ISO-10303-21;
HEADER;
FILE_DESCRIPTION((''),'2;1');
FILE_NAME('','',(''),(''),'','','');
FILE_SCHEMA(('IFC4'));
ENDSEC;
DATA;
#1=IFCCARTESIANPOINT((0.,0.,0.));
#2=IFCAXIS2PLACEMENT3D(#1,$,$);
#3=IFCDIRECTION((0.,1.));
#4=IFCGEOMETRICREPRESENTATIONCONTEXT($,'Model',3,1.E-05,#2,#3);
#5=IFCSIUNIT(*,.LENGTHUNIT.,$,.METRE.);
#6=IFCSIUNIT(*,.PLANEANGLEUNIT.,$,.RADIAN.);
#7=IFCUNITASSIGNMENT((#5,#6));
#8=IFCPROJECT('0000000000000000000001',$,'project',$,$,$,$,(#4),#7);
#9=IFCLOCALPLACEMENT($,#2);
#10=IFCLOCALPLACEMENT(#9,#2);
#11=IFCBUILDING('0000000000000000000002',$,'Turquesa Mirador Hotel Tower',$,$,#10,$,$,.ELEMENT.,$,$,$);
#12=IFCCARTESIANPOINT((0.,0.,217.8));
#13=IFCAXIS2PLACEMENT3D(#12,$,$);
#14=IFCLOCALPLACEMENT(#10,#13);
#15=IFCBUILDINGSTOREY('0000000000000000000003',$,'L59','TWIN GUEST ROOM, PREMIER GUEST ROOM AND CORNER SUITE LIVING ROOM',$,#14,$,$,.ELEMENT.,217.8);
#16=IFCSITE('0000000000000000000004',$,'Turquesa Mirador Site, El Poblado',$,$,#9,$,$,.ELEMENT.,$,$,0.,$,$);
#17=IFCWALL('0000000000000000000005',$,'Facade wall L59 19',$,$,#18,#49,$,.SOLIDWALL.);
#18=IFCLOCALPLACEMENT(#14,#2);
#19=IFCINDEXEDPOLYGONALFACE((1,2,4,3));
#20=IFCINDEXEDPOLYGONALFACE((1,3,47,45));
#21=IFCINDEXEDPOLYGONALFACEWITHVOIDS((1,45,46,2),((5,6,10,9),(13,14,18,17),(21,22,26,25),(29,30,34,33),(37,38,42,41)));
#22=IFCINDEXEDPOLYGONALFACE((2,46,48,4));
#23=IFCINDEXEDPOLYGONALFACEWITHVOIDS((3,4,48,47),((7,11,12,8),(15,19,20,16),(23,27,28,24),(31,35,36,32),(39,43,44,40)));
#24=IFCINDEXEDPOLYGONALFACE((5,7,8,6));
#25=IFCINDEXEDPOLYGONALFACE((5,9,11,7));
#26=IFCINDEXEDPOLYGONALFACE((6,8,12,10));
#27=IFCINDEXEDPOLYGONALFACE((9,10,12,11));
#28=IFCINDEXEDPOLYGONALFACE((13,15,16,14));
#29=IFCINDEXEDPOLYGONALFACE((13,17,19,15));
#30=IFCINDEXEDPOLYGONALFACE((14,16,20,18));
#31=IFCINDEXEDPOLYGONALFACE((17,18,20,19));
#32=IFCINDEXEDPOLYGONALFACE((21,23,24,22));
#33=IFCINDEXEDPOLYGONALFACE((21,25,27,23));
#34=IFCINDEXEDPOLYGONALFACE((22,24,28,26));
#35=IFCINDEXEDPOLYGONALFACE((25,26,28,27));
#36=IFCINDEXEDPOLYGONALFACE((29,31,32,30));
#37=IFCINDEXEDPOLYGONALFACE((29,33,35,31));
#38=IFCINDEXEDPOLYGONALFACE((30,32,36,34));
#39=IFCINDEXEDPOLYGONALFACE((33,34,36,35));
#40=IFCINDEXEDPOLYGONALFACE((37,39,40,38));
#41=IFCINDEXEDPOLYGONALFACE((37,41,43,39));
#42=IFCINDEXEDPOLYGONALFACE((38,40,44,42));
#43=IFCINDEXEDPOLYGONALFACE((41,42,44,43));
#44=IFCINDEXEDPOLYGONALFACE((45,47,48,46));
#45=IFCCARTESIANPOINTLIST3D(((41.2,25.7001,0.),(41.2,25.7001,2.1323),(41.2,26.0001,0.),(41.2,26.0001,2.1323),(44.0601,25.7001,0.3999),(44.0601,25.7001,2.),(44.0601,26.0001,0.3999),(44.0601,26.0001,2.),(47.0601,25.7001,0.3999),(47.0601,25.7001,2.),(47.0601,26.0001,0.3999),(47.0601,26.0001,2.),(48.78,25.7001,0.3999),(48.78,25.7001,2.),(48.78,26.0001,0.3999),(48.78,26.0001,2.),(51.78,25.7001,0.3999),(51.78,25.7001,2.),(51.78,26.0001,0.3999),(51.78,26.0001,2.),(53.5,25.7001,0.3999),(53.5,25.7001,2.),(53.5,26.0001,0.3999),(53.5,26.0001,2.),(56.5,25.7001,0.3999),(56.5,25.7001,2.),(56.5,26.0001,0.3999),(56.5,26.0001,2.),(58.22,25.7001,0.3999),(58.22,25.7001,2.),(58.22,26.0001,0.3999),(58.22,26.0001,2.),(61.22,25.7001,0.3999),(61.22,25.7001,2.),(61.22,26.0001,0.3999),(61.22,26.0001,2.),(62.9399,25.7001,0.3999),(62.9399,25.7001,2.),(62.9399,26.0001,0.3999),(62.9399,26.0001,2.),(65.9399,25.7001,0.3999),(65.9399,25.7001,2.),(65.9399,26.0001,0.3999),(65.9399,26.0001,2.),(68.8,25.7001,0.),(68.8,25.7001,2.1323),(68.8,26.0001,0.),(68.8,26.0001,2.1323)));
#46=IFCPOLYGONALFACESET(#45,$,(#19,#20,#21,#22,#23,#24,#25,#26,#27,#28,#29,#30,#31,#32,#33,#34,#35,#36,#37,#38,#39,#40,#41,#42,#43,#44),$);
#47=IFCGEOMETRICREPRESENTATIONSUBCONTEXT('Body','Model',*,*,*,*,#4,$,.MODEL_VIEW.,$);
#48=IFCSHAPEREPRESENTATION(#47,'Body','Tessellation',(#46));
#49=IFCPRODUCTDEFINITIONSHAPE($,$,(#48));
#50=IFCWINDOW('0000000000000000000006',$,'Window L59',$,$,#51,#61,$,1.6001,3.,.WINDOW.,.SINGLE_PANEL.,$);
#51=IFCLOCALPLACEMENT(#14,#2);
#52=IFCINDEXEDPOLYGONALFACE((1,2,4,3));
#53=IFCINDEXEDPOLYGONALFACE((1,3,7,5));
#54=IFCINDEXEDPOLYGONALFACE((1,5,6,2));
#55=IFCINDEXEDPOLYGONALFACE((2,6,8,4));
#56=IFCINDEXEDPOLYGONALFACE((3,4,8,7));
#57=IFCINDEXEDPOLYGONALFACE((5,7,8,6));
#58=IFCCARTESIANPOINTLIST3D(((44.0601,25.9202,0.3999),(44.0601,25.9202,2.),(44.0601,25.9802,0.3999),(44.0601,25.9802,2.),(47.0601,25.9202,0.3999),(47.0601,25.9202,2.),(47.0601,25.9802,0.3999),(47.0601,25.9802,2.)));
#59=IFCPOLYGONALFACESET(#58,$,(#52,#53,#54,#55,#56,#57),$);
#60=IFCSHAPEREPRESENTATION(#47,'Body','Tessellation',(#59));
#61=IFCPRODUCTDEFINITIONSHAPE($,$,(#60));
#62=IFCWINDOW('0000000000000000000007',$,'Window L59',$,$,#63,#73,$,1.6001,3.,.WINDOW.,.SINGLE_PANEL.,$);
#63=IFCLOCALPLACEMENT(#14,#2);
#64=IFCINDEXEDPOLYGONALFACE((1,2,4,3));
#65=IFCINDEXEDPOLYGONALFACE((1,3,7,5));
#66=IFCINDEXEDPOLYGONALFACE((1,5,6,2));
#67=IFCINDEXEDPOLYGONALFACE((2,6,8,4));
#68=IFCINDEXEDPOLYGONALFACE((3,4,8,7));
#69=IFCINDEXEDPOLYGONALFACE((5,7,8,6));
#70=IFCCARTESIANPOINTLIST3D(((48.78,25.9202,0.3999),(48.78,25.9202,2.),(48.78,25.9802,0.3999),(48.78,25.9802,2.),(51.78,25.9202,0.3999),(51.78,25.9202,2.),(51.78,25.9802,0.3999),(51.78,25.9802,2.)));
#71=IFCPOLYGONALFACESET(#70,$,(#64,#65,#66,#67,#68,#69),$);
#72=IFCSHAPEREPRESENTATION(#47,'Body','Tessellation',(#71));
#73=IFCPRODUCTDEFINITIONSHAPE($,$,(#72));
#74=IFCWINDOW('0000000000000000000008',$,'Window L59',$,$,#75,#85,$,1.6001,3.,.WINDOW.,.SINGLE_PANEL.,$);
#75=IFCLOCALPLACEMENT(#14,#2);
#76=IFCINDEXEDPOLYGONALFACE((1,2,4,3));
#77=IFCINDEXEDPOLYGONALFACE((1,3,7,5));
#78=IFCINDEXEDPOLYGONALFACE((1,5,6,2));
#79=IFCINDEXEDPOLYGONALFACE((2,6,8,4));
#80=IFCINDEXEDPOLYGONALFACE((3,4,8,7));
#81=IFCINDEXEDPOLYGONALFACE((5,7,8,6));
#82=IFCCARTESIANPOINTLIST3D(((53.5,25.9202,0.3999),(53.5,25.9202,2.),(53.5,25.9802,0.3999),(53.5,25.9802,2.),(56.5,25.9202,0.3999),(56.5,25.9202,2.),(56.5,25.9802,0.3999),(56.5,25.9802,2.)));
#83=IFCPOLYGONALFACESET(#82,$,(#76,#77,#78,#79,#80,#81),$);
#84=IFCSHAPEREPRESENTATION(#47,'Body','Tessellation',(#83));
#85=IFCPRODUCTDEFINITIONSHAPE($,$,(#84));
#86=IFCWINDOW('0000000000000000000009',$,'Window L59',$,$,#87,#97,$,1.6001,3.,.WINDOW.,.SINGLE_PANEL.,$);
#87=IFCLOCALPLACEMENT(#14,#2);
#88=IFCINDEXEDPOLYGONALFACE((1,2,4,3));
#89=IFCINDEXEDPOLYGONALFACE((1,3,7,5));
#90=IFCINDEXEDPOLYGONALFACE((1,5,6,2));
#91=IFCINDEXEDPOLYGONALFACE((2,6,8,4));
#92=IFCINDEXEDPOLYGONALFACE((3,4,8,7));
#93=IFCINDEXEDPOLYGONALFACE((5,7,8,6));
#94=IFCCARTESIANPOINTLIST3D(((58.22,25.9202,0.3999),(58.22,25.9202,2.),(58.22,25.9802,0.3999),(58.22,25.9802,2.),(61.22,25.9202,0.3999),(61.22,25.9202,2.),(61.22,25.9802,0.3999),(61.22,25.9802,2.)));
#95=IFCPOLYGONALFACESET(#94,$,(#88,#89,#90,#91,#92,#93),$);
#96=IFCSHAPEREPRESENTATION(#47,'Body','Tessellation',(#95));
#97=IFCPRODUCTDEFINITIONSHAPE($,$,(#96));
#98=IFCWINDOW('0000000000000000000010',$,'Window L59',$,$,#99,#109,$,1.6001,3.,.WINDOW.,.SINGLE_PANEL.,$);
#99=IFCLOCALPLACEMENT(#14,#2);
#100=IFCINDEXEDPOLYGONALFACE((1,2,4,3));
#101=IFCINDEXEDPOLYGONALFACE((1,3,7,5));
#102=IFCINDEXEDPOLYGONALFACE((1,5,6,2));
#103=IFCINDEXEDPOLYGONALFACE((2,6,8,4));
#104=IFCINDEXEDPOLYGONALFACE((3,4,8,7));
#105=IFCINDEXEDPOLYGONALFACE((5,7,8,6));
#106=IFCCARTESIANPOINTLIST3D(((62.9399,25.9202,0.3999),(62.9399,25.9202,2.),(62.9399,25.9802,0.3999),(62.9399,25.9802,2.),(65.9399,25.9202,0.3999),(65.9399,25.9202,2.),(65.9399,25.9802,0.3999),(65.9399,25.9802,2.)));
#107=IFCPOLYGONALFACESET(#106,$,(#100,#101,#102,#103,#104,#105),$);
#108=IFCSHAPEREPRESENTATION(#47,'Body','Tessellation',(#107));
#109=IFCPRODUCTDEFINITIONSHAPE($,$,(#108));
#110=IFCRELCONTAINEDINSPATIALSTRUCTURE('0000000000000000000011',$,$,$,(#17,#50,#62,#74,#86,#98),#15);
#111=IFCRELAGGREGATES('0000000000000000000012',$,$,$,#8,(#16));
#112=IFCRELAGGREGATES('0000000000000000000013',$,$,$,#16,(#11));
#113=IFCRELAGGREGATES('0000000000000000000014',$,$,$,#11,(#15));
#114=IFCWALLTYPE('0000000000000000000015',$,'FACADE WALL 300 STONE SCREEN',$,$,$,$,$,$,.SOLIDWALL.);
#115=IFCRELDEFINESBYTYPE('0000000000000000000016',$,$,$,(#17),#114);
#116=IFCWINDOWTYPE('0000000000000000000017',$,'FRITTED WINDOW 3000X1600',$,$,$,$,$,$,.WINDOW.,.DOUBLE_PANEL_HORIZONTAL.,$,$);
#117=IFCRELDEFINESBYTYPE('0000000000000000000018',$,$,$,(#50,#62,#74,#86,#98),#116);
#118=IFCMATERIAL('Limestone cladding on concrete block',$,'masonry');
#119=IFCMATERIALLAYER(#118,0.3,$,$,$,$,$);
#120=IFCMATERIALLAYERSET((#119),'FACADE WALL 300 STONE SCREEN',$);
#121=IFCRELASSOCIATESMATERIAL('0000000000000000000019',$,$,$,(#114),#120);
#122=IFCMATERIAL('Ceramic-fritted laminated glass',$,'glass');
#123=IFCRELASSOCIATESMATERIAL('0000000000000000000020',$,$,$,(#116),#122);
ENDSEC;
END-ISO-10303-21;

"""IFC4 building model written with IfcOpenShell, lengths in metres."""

from ifc_helpers import new_model, si_unit, direction, frame, frame_2d, origin, place, context, subcontext, project, spatial, rectangle, extrude, material, layer, layer_set, type_object, element, fill, save


model = new_model("IFC4")

# Units and contexts
model_context = context("Model", 3, precision=1e-05, world=origin(), true_north=direction((0.0, 1.0)))
body_context = subcontext(model_context, "Body", "Model", "MODEL_VIEW")
ifc_project = project(units=[si_unit("LENGTHUNIT", "METRE"), si_unit("PLANEANGLEUNIT", "RADIAN")], contexts=[model_context])

# Site, building, storey
site_placement = place(None, origin())
site = spatial("IfcSite", under=ifc_project, at=site_placement, Name="Turquesa Mirador Site, El Poblado", CompositionType="ELEMENT", RefElevation=0.0)
building_placement = place(site_placement, origin())
building = spatial("IfcBuilding", under=site, at=building_placement, Name="Turquesa Mirador Hotel Tower", CompositionType="ELEMENT")
storey_placement = place(building_placement, frame((0.0, 0.0, 217.8)))
storey = spatial("IfcBuildingStorey", under=building, at=storey_placement, Name="L59", Description="TWIN GUEST ROOM, PREMIER GUEST ROOM AND CORNER SUITE LIVING ROOM", CompositionType="ELEMENT", Elevation=217.8)

# Shared definitions
ifc_material_1 = material(Name="Limestone cladding on concrete block", Category="masonry")
ifc_layer_1 = layer(ifc_material_1, 0.3)
ifc_layer_set_1 = layer_set([ifc_layer_1], Name="FACADE WALL 300 STONE SCREEN")
wall_type_1 = type_object("IfcWallType", Name="FACADE WALL 300 STONE SCREEN", PredefinedType="SOLIDWALL", material=ifc_layer_set_1)

# Wall, openings, windows
wall_1_placement = place(storey_placement, frame((41.2, 25.8501, 0.0), z_axis=(0.0, 0.0, 1.0), x_axis=(1.0, 0.0, 0.0)))
wall_1 = element("IfcWall", 1, at=wall_1_placement, inside=storey, type_object=wall_type_1, Name="Facade wall L59 19", PredefinedType="SOLIDWALL", context=body_context, shape_type="SweptSolid", body=[
    extrude(rectangle(XDim=27.6001, YDim=0.3, at=frame_2d((13.8, 0.0))), origin(), (0.0, 0.0, 1.0), 2.1323),
])
opening_1_placement = place(wall_1_placement, frame((2.8601, 0.0, 0.3999)))
opening_1 = element("IfcOpeningElement", 2, at=opening_1_placement, cuts=wall_1, PredefinedType="OPENING", context=body_context, shape_type="SweptSolid", body=[
    extrude(rectangle(XDim=3.0, YDim=1.6001, at=frame_2d((1.5, 0.8))), frame((0.0, 0.1599, 0.0), z_axis=(0.0, -1.0, 0.0), x_axis=(1.0, 0.0, 0.0)), (0.0, 0.0, 1.0), 0.3201),
])
opening_2_placement = place(wall_1_placement, frame((7.5801, 0.0, 0.3999)))
opening_2 = element("IfcOpeningElement", 3, at=opening_2_placement, cuts=wall_1, PredefinedType="OPENING", context=body_context, shape_type="SweptSolid", body=[
    extrude(rectangle(XDim=3.0, YDim=1.6001, at=frame_2d((1.5, 0.8))), frame((0.0, 0.1599, 0.0), z_axis=(0.0, -1.0, 0.0), x_axis=(1.0, 0.0, 0.0)), (0.0, 0.0, 1.0), 0.3201),
])
opening_3_placement = place(wall_1_placement, frame((12.3, 0.0, 0.3999)))
opening_3 = element("IfcOpeningElement", 4, at=opening_3_placement, cuts=wall_1, PredefinedType="OPENING", context=body_context, shape_type="SweptSolid", body=[
    extrude(rectangle(XDim=3.0, YDim=1.6001, at=frame_2d((1.5, 0.8))), frame((0.0, 0.1599, 0.0), z_axis=(0.0, -1.0, 0.0), x_axis=(1.0, 0.0, 0.0)), (0.0, 0.0, 1.0), 0.3201),
])
opening_4_placement = place(wall_1_placement, frame((17.02, 0.0, 0.3999)))
opening_4 = element("IfcOpeningElement", 5, at=opening_4_placement, cuts=wall_1, PredefinedType="OPENING", context=body_context, shape_type="SweptSolid", body=[
    extrude(rectangle(XDim=3.0, YDim=1.6001, at=frame_2d((1.5, 0.8))), frame((0.0, 0.1599, 0.0), z_axis=(0.0, -1.0, 0.0), x_axis=(1.0, 0.0, 0.0)), (0.0, 0.0, 1.0), 0.3201),
])
opening_5_placement = place(wall_1_placement, frame((21.74, 0.0, 0.3999)))
opening_5 = element("IfcOpeningElement", 6, at=opening_5_placement, cuts=wall_1, PredefinedType="OPENING", context=body_context, shape_type="SweptSolid", body=[
    extrude(rectangle(XDim=3.0, YDim=1.6001, at=frame_2d((1.5, 0.8))), frame((0.0, 0.1599, 0.0), z_axis=(0.0, -1.0, 0.0), x_axis=(1.0, 0.0, 0.0)), (0.0, 0.0, 1.0), 0.3201),
])
ifc_material_2 = material(Name="Ceramic-fritted laminated glass", Category="glass")
window_type_1 = type_object("IfcWindowType", Name="FRITTED WINDOW 3000X1600", PartitioningType="DOUBLE_PANEL_HORIZONTAL", PredefinedType="WINDOW", material=ifc_material_2)
window_1_placement = place(opening_1_placement, origin())
window_1 = element("IfcWindow", 7, at=window_1_placement, inside=storey, type_object=window_type_1, Name="Window L59", OverallHeight=1.6001, OverallWidth=3.0, PartitioningType="SINGLE_PANEL", PredefinedType="WINDOW", context=body_context, shape_type="SweptSolid", body=[
    extrude(rectangle(XDim=3.0, YDim=1.6001, at=frame_2d((1.5, 0.8))), frame((0.0, 0.1301, 0.0), z_axis=(0.0, -1.0, 0.0), x_axis=(1.0, 0.0, 0.0)), (0.0, 0.0, 1.0), 0.0601),
])
fill(opening_1, window_1)
window_2_placement = place(opening_2_placement, origin())
window_2 = element("IfcWindow", 8, at=window_2_placement, inside=storey, type_object=window_type_1, Name="Window L59", OverallHeight=1.6001, OverallWidth=3.0, PartitioningType="SINGLE_PANEL", PredefinedType="WINDOW", context=body_context, shape_type="SweptSolid", body=[
    extrude(rectangle(XDim=3.0, YDim=1.6001, at=frame_2d((1.5, 0.8))), frame((0.0, 0.1301, 0.0), z_axis=(0.0, -1.0, 0.0), x_axis=(1.0, 0.0, 0.0)), (0.0, 0.0, 1.0), 0.0601),
])
fill(opening_2, window_2)
window_3_placement = place(opening_3_placement, origin())
window_3 = element("IfcWindow", 9, at=window_3_placement, inside=storey, type_object=window_type_1, Name="Window L59", OverallHeight=1.6001, OverallWidth=3.0, PartitioningType="SINGLE_PANEL", PredefinedType="WINDOW", context=body_context, shape_type="SweptSolid", body=[
    extrude(rectangle(XDim=3.0, YDim=1.6001, at=frame_2d((1.5, 0.8))), frame((0.0, 0.1301, 0.0), z_axis=(0.0, -1.0, 0.0), x_axis=(1.0, 0.0, 0.0)), (0.0, 0.0, 1.0), 0.0601),
])
fill(opening_3, window_3)
window_4_placement = place(opening_4_placement, origin())
window_4 = element("IfcWindow", 10, at=window_4_placement, inside=storey, type_object=window_type_1, Name="Window L59", OverallHeight=1.6001, OverallWidth=3.0, PartitioningType="SINGLE_PANEL", PredefinedType="WINDOW", context=body_context, shape_type="SweptSolid", body=[
    extrude(rectangle(XDim=3.0, YDim=1.6001, at=frame_2d((1.5, 0.8))), frame((0.0, 0.1301, 0.0), z_axis=(0.0, -1.0, 0.0), x_axis=(1.0, 0.0, 0.0)), (0.0, 0.0, 1.0), 0.0601),
])
fill(opening_4, window_4)
window_5_placement = place(opening_5_placement, origin())
window_5 = element("IfcWindow", 11, at=window_5_placement, inside=storey, type_object=window_type_1, Name="Window L59", OverallHeight=1.6001, OverallWidth=3.0, PartitioningType="SINGLE_PANEL", PredefinedType="WINDOW", context=body_context, shape_type="SweptSolid", body=[
    extrude(rectangle(XDim=3.0, YDim=1.6001, at=frame_2d((1.5, 0.8))), frame((0.0, 0.1301, 0.0), z_axis=(0.0, -1.0, 0.0), x_axis=(1.0, 0.0, 0.0)), (0.0, 0.0, 1.0), 0.0601),
])
fill(opening_5, window_5)

save(model, "model.ifc")
